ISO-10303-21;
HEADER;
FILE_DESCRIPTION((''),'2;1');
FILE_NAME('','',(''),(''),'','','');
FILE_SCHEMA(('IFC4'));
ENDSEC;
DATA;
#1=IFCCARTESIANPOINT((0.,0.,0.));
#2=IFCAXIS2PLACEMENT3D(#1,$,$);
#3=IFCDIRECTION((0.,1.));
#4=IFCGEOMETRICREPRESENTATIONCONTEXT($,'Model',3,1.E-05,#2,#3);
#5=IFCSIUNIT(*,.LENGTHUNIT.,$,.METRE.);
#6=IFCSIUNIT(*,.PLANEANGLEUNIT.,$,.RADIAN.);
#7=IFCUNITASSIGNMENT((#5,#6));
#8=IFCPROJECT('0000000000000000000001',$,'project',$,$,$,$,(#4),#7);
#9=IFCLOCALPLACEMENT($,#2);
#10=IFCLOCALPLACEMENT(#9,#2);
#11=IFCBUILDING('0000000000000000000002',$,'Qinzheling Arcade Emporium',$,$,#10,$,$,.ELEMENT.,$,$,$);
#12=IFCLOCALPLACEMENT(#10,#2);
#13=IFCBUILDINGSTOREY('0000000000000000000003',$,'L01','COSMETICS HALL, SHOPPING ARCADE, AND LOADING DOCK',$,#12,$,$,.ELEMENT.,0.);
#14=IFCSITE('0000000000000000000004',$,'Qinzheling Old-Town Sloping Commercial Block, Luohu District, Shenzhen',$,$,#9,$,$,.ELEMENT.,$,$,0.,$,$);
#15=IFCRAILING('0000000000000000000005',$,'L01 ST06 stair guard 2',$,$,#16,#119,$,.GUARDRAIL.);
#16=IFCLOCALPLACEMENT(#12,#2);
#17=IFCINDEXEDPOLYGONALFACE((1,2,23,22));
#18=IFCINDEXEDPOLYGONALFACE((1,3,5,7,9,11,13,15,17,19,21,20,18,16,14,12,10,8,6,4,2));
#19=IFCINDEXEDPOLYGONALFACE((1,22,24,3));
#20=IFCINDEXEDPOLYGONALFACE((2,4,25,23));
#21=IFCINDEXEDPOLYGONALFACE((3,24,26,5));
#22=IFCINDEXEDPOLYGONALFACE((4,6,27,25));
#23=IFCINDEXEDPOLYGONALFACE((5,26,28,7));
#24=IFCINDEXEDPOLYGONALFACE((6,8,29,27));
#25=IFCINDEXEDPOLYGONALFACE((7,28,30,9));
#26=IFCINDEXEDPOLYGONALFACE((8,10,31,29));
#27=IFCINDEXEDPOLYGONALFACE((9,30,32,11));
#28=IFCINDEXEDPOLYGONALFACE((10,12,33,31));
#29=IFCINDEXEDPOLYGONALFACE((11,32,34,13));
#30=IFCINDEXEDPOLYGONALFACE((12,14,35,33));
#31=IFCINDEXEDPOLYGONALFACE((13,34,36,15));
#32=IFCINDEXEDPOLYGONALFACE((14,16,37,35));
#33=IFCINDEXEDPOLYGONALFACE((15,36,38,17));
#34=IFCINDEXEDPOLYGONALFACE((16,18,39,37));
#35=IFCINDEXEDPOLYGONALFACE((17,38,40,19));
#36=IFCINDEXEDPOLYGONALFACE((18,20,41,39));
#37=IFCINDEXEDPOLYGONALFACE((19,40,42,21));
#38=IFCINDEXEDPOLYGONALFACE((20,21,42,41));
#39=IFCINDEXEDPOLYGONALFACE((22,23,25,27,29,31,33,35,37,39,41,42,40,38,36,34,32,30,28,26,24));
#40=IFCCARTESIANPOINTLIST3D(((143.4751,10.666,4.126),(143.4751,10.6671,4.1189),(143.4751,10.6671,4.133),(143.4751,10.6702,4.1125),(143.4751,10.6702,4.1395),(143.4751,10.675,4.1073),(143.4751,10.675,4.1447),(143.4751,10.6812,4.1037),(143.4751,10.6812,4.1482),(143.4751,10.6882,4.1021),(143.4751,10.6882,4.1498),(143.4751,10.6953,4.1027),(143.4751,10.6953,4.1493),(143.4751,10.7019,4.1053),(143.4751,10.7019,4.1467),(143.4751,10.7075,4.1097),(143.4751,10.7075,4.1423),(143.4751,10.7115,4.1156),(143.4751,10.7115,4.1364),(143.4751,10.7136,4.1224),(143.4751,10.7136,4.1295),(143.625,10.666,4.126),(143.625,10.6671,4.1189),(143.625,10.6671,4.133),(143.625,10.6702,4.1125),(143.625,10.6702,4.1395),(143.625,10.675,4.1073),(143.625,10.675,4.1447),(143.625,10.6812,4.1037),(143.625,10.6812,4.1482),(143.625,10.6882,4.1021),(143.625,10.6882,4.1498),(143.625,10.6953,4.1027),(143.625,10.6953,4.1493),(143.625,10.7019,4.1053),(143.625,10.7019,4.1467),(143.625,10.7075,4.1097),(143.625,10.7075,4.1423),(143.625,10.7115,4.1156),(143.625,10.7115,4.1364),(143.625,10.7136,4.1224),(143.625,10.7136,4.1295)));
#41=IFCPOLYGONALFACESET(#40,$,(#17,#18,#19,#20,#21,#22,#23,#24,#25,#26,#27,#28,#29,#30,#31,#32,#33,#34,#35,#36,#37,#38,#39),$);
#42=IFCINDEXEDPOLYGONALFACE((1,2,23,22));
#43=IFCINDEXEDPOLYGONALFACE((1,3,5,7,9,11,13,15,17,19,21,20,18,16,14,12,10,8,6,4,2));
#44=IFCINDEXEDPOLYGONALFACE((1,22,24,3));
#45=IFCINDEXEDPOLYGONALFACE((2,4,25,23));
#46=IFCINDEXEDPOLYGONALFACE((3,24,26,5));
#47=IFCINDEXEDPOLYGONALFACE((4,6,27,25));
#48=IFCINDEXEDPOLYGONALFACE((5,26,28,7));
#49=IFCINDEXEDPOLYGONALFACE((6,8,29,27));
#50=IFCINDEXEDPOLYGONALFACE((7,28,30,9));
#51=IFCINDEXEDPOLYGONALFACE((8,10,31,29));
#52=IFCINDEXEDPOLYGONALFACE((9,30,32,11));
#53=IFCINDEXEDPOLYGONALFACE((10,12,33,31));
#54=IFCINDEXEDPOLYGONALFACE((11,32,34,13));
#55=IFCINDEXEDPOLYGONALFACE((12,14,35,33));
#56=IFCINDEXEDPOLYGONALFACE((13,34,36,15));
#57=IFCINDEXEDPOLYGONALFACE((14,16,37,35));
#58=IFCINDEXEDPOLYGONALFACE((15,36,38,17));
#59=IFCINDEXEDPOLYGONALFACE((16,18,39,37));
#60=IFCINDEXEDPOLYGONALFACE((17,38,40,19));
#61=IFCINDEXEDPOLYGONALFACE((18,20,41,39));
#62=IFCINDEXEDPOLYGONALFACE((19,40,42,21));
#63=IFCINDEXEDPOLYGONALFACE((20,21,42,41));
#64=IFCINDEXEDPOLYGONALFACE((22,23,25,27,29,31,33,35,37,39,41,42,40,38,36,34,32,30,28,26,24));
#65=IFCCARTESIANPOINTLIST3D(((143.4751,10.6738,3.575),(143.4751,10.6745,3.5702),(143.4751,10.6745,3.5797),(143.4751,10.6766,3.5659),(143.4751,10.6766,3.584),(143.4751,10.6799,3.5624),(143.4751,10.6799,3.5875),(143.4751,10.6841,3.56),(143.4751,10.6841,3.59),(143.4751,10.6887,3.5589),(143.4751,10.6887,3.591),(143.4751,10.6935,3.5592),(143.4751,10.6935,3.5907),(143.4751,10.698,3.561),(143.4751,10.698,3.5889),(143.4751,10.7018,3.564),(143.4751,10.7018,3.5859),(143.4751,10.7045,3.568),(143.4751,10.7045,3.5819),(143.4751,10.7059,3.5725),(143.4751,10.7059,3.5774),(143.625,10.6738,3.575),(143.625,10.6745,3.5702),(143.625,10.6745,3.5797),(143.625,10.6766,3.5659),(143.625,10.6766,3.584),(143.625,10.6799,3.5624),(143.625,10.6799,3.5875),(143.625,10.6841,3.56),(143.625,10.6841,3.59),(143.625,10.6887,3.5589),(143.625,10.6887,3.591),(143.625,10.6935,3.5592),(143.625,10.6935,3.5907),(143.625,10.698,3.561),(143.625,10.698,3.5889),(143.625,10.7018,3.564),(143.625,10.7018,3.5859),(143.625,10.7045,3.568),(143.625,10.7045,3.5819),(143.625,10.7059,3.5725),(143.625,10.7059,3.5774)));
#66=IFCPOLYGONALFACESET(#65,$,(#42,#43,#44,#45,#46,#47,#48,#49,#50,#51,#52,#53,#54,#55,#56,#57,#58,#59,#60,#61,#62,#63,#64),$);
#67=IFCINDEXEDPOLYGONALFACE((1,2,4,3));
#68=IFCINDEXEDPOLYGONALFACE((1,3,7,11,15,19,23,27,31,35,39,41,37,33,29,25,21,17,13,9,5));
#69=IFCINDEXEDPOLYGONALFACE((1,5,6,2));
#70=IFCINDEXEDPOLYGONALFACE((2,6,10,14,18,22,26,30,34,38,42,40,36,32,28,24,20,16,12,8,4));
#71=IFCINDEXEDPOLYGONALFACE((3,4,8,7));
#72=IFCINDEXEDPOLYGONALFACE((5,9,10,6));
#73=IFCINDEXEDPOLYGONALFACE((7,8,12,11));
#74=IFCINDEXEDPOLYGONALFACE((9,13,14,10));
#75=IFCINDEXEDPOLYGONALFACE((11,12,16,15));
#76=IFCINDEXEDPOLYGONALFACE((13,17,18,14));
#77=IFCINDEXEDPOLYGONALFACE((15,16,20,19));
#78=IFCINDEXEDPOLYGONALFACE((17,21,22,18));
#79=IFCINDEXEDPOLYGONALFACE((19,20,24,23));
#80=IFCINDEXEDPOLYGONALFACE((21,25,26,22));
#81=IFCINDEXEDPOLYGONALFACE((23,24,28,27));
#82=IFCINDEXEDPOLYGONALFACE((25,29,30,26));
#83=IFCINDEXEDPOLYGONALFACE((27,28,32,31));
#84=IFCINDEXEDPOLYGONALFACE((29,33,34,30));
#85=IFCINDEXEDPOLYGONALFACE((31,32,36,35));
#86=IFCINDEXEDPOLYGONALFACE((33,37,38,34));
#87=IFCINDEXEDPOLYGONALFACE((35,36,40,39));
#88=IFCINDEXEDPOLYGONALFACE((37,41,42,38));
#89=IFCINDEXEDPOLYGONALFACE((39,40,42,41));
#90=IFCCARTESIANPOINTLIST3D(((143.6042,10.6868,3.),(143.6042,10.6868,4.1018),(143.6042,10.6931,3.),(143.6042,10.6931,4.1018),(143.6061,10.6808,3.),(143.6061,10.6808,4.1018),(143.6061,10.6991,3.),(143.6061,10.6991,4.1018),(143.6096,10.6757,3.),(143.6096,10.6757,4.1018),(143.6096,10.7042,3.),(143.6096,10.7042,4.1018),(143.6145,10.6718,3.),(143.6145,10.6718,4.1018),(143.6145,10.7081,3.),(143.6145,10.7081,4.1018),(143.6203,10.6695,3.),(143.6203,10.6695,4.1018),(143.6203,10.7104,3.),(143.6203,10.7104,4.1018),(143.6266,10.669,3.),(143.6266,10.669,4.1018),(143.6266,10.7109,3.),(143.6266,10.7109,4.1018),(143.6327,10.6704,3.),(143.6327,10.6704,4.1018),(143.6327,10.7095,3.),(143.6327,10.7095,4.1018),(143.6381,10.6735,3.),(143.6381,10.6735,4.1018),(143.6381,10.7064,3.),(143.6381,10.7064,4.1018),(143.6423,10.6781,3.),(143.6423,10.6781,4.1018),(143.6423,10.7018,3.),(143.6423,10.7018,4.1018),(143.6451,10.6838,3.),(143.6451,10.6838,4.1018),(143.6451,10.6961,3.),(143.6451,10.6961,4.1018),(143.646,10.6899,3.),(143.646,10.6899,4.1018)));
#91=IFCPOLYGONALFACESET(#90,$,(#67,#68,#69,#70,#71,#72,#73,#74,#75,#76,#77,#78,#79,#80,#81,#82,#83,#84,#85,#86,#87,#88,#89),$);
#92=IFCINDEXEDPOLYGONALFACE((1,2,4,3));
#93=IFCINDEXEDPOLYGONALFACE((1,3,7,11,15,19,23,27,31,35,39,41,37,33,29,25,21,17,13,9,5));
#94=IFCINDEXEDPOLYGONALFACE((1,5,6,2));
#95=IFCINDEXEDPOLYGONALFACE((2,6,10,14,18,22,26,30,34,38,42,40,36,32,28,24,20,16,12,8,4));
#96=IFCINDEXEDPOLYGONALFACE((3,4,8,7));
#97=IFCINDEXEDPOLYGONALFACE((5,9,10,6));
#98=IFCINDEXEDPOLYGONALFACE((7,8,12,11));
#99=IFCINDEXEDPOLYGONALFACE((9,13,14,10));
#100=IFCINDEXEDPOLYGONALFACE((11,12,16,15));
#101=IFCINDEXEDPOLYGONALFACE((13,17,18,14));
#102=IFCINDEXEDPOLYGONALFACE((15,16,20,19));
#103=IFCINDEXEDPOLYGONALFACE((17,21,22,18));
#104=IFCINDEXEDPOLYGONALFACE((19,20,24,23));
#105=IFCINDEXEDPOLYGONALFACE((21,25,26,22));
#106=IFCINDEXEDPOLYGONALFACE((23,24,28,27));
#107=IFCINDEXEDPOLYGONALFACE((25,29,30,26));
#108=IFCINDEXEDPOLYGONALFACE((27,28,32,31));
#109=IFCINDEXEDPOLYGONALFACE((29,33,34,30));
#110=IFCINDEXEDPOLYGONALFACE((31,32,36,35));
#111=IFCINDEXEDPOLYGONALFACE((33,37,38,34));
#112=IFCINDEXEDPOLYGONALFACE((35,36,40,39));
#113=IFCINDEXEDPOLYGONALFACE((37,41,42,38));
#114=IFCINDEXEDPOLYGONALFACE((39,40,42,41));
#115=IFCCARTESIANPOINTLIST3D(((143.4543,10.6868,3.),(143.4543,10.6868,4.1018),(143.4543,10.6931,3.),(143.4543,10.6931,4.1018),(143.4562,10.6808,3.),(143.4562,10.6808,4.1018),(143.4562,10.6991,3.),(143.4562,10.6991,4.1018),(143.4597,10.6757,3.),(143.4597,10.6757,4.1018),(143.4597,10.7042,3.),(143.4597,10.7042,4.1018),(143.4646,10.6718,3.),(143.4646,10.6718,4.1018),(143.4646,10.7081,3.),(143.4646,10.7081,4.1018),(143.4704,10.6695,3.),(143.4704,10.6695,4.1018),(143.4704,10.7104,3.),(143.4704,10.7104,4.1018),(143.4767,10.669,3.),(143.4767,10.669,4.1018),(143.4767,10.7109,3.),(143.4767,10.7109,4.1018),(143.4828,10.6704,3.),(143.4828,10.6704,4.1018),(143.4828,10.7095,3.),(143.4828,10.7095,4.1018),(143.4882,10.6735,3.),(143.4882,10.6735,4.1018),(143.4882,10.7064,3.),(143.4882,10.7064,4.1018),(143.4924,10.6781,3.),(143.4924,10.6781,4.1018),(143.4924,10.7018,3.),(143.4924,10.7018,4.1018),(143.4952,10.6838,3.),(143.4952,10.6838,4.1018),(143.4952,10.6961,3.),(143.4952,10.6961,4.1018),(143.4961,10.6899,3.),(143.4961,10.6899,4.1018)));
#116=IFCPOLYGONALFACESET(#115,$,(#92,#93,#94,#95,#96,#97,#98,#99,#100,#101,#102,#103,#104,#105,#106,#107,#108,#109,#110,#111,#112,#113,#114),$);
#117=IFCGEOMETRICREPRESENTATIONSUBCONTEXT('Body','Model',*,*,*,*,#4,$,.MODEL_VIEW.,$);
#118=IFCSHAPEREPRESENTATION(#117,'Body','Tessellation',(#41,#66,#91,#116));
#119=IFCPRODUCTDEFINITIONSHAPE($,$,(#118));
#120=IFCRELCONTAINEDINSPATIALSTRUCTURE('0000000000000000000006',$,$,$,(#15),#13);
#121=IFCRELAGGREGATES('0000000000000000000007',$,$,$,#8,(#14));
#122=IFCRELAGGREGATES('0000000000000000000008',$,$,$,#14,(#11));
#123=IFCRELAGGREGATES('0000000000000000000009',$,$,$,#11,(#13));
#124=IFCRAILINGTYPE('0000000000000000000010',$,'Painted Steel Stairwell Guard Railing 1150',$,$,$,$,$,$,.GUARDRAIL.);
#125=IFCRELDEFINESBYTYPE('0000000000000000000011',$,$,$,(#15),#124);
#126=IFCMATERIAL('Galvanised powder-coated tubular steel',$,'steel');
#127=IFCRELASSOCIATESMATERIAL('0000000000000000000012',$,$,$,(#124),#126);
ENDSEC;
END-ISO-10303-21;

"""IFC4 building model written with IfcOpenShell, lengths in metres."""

from ifc_helpers import new_model, si_unit, direction, frame, origin, origin_2d, place, context, subcontext, project, spatial, circle, extrude, material, type_object, element, save


model = new_model("IFC4")

# Units and contexts
model_context = context("Model", 3, precision=1e-05, world=origin(), true_north=direction((0.0, 1.0)))
body_context = subcontext(model_context, "Body", "Model", "MODEL_VIEW")
ifc_project = project(units=[si_unit("LENGTHUNIT", "METRE"), si_unit("PLANEANGLEUNIT", "RADIAN")], contexts=[model_context])

# Site, building, storey
site_placement = place(None, origin())
site = spatial("IfcSite", under=ifc_project, at=site_placement, Name="Qinzheling Old-Town Sloping Commercial Block, Luohu District, Shenzhen", CompositionType="ELEMENT", RefElevation=0.0)
building_placement = place(site_placement, origin())
building = spatial("IfcBuilding", under=site, at=building_placement, Name="Qinzheling Arcade Emporium", CompositionType="ELEMENT")
storey_placement = place(building_placement, origin())
storey = spatial("IfcBuildingStorey", under=building, at=storey_placement, Name="L01", Description="COSMETICS HALL, SHOPPING ARCADE, AND LOADING DOCK", CompositionType="ELEMENT", Elevation=0.0)

# Railing
ifc_material_1 = material(Name="Galvanised powder-coated tubular steel", Category="steel")
railing_type_1 = type_object("IfcRailingType", Name="Painted Steel Stairwell Guard Railing 1150", PredefinedType="GUARDRAIL", material=ifc_material_1)
railing_1_placement = place(storey_placement, frame((143.625, 10.6899, 3.0)))
element("IfcRailing", 1, at=railing_1_placement, inside=storey, type_object=railing_type_1, Name="L01 ST06 stair guard 2", PredefinedType="GUARDRAIL", context=body_context, shape_type="SweptSolid", body=[
    extrude(circle(Radius=0.0239, at=origin_2d()), frame((0.0, 0.0, 1.126), z_axis=(-1.0, 0.0, 0.0), x_axis=(0.0, -1.0, 0.0)), (0.0, 0.0, 1.0), 0.1499),
    extrude(circle(Radius=0.0161, at=origin_2d()), frame((0.0, 0.0, 0.575), z_axis=(-1.0, 0.0, 0.0), x_axis=(0.0, -1.0, 0.0)), (0.0, 0.0, 1.0), 0.1499),
    extrude(circle(Radius=0.021, at=origin_2d()), origin(), (0.0, 0.0, 1.0), 1.1018),
    extrude(circle(Radius=0.021, at=origin_2d()), frame((-0.1499, 0.0, 0.0)), (0.0, 0.0, 1.0), 1.1018),
])

save(model, "model.ifc")
